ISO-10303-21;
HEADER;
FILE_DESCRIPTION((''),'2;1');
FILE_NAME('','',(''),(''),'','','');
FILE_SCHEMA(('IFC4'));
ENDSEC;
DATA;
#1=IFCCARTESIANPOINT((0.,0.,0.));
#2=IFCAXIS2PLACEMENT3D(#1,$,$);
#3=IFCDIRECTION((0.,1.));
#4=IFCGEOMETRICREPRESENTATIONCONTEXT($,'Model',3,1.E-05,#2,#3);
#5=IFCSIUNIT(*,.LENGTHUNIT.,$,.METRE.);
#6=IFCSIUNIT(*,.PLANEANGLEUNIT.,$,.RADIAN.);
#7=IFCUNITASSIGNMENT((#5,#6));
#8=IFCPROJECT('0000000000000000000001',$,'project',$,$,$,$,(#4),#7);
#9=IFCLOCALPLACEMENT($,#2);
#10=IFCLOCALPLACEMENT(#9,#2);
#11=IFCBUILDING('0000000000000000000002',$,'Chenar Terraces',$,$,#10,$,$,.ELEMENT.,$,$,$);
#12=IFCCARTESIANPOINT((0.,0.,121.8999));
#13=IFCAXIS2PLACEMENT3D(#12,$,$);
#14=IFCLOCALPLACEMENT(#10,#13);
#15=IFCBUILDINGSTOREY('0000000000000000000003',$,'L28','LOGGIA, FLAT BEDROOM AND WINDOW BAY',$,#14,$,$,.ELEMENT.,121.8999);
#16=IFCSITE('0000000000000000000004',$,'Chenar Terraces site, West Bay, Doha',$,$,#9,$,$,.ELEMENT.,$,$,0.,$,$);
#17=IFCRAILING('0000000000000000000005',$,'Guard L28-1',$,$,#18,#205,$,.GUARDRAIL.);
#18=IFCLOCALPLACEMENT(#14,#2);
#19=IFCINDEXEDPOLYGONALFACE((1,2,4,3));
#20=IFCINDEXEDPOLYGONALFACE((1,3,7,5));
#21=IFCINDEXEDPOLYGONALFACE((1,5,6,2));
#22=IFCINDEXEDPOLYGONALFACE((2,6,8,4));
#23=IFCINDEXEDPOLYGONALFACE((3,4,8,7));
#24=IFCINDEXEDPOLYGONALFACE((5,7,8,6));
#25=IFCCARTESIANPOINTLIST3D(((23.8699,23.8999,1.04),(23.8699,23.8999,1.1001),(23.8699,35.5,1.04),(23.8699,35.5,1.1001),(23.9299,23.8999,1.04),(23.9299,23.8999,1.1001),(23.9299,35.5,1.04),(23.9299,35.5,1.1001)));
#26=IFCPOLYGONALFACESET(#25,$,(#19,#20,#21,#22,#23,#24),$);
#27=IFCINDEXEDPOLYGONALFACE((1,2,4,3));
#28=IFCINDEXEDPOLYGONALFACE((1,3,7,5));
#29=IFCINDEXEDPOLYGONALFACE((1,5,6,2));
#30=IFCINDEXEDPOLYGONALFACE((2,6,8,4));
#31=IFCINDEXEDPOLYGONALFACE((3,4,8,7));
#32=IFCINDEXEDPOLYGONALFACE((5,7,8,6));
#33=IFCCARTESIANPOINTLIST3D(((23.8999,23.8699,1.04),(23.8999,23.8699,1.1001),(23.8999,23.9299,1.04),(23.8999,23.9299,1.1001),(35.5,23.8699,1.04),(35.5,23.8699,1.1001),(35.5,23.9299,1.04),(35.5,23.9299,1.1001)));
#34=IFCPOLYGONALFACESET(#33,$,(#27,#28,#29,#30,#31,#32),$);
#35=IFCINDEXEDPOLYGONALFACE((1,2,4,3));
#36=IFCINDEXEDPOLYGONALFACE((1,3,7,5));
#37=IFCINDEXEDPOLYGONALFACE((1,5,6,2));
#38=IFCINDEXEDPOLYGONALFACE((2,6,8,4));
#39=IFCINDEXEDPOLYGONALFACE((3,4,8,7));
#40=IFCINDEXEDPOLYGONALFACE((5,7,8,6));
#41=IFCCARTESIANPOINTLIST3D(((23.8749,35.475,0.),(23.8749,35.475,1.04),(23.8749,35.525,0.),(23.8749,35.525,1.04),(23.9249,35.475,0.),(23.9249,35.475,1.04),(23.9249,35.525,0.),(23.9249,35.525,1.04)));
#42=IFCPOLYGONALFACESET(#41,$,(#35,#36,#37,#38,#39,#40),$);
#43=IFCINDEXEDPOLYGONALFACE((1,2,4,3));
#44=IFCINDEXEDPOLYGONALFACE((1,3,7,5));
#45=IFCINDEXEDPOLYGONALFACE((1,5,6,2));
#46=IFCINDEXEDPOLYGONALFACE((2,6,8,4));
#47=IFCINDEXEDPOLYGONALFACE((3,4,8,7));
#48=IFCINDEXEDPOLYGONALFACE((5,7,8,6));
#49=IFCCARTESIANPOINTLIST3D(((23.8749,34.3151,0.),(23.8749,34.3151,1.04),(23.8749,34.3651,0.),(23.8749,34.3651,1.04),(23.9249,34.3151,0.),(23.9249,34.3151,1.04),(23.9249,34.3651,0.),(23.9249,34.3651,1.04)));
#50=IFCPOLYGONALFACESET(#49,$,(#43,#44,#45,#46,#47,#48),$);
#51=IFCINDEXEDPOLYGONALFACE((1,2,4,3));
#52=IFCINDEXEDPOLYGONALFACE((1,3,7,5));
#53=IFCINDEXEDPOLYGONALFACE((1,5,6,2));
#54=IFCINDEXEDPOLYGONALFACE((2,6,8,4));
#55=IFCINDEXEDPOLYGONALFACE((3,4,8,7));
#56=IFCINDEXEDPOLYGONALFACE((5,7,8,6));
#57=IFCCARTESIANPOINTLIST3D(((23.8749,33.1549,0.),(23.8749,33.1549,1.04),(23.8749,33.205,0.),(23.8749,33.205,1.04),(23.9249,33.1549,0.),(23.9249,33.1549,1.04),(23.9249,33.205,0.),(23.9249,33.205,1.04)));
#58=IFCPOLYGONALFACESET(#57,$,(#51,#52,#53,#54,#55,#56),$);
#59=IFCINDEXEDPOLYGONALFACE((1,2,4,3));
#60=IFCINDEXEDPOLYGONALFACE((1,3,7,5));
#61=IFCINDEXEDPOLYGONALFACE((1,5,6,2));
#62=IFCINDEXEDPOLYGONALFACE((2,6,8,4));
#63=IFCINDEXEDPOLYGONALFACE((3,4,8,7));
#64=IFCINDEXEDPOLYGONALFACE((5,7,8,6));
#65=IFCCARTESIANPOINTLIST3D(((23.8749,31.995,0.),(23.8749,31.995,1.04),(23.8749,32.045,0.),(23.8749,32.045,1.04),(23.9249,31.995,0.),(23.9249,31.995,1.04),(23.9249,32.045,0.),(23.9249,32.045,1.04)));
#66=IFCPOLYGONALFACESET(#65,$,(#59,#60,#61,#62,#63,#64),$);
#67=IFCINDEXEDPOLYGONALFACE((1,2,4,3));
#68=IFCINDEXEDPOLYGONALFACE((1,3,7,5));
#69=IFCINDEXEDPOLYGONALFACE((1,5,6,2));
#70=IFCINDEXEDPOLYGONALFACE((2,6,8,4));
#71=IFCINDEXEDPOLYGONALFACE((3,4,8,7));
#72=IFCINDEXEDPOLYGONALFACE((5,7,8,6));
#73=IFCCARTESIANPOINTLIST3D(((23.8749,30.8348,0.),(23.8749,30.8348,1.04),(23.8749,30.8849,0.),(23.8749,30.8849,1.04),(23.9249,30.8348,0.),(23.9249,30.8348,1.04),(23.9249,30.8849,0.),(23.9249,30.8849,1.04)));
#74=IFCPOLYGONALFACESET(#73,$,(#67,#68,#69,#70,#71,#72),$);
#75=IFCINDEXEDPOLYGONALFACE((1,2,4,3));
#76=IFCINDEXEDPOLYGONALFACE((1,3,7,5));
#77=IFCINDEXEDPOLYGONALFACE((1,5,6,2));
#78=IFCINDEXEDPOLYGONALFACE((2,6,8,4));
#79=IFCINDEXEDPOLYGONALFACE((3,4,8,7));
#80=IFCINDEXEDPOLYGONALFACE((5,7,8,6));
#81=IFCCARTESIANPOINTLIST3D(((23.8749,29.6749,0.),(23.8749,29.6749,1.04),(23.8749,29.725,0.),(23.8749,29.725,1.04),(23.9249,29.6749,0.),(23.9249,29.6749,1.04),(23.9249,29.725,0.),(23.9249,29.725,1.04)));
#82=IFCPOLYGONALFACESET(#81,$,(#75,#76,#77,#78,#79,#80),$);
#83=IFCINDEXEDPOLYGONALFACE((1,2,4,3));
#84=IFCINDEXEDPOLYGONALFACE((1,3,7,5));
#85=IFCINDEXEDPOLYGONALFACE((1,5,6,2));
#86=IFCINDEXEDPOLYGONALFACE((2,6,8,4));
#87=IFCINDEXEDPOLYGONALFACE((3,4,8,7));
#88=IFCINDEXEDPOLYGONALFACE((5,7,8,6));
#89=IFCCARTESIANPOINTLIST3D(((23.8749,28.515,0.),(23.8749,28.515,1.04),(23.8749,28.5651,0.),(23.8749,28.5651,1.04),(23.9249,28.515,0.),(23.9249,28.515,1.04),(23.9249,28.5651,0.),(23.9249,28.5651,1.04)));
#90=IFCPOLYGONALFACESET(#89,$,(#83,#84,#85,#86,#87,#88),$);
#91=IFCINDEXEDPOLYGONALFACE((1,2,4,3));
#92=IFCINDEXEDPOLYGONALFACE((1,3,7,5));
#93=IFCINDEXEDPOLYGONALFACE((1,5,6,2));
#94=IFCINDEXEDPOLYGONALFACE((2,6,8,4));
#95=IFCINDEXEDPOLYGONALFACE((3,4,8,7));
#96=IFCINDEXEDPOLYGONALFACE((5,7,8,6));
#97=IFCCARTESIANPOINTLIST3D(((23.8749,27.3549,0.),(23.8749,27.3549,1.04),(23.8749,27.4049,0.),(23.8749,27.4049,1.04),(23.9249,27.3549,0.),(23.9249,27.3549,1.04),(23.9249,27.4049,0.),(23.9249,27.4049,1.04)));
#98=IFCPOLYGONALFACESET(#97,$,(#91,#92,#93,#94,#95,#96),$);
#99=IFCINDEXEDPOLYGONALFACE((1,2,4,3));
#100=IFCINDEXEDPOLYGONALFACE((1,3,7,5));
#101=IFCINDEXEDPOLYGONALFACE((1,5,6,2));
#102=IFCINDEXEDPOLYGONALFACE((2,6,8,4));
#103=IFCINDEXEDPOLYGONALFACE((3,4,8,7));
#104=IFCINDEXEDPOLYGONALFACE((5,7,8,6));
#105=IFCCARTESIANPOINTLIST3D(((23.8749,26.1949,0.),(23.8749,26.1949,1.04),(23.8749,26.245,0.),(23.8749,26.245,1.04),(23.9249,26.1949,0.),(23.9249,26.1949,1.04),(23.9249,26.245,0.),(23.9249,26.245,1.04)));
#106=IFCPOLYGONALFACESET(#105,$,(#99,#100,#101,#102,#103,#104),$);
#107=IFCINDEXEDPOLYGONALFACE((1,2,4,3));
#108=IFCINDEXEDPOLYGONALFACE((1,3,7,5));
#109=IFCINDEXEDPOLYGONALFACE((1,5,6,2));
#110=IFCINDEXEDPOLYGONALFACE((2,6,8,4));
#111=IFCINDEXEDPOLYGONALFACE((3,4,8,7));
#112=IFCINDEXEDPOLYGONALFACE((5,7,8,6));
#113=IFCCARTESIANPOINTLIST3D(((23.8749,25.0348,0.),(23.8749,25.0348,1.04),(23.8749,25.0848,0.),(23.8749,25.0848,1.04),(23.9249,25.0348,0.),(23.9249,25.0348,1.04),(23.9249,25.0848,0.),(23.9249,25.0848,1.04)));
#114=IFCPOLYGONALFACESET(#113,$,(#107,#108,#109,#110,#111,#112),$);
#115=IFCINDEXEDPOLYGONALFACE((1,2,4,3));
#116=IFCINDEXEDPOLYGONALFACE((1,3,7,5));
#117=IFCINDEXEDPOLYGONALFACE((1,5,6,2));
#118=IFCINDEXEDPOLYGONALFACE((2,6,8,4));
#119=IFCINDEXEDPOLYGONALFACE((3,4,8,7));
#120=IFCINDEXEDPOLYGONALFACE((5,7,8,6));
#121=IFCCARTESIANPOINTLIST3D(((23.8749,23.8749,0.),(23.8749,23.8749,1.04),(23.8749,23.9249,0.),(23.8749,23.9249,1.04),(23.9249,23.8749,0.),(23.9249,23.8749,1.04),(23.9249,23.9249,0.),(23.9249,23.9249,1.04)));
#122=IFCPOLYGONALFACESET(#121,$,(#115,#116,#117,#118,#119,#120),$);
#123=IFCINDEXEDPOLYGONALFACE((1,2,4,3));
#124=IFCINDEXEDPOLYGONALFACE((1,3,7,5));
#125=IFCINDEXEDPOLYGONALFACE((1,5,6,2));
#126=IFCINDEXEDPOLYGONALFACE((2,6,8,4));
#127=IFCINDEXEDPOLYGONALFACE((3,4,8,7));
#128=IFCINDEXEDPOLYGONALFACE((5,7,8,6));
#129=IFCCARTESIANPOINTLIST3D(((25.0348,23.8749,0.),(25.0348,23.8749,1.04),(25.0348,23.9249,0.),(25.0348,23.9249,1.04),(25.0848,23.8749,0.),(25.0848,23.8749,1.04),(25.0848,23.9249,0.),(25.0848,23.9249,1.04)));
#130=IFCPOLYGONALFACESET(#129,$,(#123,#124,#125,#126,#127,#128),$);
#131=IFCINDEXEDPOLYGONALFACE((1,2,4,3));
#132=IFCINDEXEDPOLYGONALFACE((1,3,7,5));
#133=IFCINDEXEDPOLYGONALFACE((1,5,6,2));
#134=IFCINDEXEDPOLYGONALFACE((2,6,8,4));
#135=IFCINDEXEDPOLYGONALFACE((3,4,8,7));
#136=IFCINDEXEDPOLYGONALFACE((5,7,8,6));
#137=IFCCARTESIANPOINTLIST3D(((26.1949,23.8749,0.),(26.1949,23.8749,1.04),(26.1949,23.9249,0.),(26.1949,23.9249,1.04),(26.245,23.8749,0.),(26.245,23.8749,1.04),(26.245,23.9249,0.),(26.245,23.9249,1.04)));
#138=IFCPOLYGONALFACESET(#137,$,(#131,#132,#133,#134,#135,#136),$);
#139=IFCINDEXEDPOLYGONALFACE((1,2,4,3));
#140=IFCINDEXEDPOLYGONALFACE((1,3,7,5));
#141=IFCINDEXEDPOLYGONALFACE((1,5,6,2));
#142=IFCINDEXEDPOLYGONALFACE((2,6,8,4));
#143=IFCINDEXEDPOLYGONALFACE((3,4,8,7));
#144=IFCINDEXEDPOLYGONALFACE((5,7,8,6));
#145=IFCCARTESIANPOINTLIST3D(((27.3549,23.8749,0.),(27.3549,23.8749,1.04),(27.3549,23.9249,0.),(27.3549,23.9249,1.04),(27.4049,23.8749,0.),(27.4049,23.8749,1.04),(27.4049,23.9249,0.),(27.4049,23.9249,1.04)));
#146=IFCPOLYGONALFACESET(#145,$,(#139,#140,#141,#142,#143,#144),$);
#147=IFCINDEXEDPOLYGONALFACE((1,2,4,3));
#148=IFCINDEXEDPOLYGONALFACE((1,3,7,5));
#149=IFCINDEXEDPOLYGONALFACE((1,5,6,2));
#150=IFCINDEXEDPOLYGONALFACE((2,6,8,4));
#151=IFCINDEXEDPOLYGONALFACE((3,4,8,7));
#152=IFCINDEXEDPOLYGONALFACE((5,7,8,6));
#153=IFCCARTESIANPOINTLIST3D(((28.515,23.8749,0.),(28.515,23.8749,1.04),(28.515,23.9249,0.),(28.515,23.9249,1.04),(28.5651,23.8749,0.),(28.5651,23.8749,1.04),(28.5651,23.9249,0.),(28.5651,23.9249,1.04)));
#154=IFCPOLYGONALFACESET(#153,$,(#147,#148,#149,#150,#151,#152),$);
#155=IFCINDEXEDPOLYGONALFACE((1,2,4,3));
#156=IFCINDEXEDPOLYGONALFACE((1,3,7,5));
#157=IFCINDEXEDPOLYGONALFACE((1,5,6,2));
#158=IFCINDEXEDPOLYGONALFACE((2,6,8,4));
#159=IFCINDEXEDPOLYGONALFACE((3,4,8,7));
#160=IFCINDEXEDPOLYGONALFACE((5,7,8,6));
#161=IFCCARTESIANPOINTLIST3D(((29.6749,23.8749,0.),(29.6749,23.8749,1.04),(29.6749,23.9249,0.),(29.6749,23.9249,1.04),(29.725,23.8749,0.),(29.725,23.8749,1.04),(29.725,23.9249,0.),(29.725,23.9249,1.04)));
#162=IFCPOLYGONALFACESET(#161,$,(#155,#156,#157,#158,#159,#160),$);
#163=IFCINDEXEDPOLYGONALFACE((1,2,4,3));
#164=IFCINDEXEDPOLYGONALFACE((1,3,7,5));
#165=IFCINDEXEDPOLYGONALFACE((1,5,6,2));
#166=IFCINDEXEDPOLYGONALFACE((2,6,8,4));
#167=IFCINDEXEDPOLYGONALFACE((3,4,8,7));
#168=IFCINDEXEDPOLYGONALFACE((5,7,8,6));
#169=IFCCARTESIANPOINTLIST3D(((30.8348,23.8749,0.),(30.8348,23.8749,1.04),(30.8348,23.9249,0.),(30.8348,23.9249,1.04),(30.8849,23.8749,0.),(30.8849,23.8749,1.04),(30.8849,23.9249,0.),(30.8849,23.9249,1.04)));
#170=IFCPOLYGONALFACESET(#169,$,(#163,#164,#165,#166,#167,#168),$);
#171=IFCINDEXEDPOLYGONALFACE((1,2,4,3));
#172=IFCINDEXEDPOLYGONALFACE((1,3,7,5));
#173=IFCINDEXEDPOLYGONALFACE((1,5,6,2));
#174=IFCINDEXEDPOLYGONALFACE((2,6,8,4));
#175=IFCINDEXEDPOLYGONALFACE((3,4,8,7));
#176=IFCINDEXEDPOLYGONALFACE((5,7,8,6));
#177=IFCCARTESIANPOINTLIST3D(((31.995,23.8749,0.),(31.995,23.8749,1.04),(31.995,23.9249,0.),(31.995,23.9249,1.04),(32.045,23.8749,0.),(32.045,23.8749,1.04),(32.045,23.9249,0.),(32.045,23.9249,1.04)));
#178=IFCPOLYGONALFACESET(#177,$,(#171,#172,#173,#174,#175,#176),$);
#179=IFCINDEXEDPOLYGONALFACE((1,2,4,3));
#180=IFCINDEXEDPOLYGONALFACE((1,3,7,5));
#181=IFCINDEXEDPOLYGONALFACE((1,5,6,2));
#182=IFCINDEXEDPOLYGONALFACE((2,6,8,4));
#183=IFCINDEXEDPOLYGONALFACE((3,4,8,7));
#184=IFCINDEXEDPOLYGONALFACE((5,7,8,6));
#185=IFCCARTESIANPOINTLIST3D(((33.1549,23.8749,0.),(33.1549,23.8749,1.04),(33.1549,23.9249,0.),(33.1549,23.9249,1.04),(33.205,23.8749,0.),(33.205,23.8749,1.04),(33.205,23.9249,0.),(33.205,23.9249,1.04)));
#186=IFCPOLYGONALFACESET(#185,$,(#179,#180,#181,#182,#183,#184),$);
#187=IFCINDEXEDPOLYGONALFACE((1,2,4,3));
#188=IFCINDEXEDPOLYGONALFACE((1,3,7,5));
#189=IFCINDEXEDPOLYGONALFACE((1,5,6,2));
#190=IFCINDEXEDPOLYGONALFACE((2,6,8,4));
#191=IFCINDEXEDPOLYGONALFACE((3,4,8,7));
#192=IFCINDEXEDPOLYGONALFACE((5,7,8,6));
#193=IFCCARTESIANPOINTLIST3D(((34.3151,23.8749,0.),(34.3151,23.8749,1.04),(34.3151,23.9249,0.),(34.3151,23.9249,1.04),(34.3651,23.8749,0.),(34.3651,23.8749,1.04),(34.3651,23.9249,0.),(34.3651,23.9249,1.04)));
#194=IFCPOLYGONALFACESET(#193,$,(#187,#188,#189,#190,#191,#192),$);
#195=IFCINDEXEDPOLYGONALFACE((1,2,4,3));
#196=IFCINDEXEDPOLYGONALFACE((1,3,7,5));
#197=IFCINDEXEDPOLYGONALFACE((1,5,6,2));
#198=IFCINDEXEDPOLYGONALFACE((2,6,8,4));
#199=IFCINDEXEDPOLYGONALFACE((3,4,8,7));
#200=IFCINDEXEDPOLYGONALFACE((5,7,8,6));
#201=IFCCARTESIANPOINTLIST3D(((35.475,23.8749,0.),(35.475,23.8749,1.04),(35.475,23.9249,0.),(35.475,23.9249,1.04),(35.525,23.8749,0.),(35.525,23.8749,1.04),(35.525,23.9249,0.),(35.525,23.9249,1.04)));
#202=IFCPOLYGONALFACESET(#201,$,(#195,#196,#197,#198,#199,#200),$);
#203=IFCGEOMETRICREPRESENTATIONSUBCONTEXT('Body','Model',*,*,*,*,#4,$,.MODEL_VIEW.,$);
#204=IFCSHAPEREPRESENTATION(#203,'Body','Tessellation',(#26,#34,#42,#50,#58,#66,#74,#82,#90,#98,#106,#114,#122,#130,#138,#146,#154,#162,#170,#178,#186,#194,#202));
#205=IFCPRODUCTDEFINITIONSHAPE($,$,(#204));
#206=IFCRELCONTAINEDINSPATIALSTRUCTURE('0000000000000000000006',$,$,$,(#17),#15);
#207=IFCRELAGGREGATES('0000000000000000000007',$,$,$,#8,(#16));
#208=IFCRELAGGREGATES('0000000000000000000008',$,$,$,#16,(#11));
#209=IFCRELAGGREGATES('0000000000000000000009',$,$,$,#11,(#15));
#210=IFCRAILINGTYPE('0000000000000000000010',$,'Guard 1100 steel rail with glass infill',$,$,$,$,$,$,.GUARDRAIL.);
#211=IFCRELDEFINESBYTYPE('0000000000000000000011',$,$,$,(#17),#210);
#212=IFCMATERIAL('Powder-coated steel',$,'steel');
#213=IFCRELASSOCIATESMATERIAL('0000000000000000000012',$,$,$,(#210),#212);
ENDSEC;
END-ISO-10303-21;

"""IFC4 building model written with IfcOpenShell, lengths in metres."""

from ifc_helpers import new_model, si_unit, direction, frame, origin, origin_2d, place, context, subcontext, project, spatial, rectangle, extrude, material, type_object, element, save


model = new_model("IFC4")

# Units and contexts
model_context = context("Model", 3, precision=1e-05, world=origin(), true_north=direction((0.0, 1.0)))
body_context = subcontext(model_context, "Body", "Model", "MODEL_VIEW")
ifc_project = project(units=[si_unit("LENGTHUNIT", "METRE"), si_unit("PLANEANGLEUNIT", "RADIAN")], contexts=[model_context])

# Site, building, storey
site_placement = place(None, origin())
site = spatial("IfcSite", under=ifc_project, at=site_placement, Name="Chenar Terraces site, West Bay, Doha", CompositionType="ELEMENT", RefElevation=0.0)
building_placement = place(site_placement, origin())
building = spatial("IfcBuilding", under=site, at=building_placement, Name="Chenar Terraces", CompositionType="ELEMENT")
storey_placement = place(building_placement, frame((0.0, 0.0, 121.8999)))
storey = spatial("IfcBuildingStorey", under=building, at=storey_placement, Name="L28", Description="LOGGIA, FLAT BEDROOM AND WINDOW BAY", CompositionType="ELEMENT", Elevation=121.8999)

# Railing
ifc_material_1 = material(Name="Powder-coated steel", Category="steel")
railing_type = type_object("IfcRailingType", Name="Guard 1100 steel rail with glass infill", PredefinedType="GUARDRAIL", material=ifc_material_1)
railing_placement = place(storey_placement, frame((23.8999, 35.5, 0.0)))
element("IfcRailing", 1, at=railing_placement, inside=storey, type_object=railing_type, Name="Guard L28-1", PredefinedType="GUARDRAIL", context=body_context, shape_type="SweptSolid", body=[
    extrude(rectangle(XDim=0.0601, YDim=0.0601, at=origin_2d()), frame((0.0, 0.0, 1.0701), z_axis=(0.0, -1.0, 0.0), x_axis=(1.0, 0.0, 0.0)), (0.0, 0.0, 1.0), 11.6001),
    extrude(rectangle(XDim=0.0601, YDim=0.0601, at=origin_2d()), frame((0.0, -11.6001, 1.0701), z_axis=(1.0, 0.0, 0.0), x_axis=(0.0, 1.0, 0.0)), (0.0, 0.0, 1.0), 11.6001),
    extrude(rectangle(XDim=0.05, YDim=0.05, at=origin_2d()), origin(), (0.0, 0.0, 1.0), 1.04),
    extrude(rectangle(XDim=0.05, YDim=0.05, at=origin_2d()), frame((0.0, -1.1599, 0.0)), (0.0, 0.0, 1.0), 1.04),
    extrude(rectangle(XDim=0.05, YDim=0.05, at=origin_2d()), frame((0.0, -2.3201, 0.0)), (0.0, 0.0, 1.0), 1.04),
    extrude(rectangle(XDim=0.05, YDim=0.05, at=origin_2d()), frame((0.0, -3.48, 0.0)), (0.0, 0.0, 1.0), 1.04),
    extrude(rectangle(XDim=0.05, YDim=0.05, at=origin_2d()), frame((0.0, -4.6401, 0.0)), (0.0, 0.0, 1.0), 1.04),
    extrude(rectangle(XDim=0.05, YDim=0.05, at=origin_2d()), frame((0.0, -5.8, 0.0)), (0.0, 0.0, 1.0), 1.04),
    extrude(rectangle(XDim=0.05, YDim=0.05, at=origin_2d()), frame((0.0, -6.96, 0.0)), (0.0, 0.0, 1.0), 1.04),
    extrude(rectangle(XDim=0.05, YDim=0.05, at=origin_2d()), frame((0.0, -8.1201, 0.0)), (0.0, 0.0, 1.0), 1.04),
    extrude(rectangle(XDim=0.05, YDim=0.05, at=origin_2d()), frame((0.0, -9.28, 0.0)), (0.0, 0.0, 1.0), 1.04),
    extrude(rectangle(XDim=0.05, YDim=0.05, at=origin_2d()), frame((0.0, -10.4402, 0.0)), (0.0, 0.0, 1.0), 1.04),
    extrude(rectangle(XDim=0.05, YDim=0.05, at=origin_2d()), frame((0.0, -11.6001, 0.0)), (0.0, 0.0, 1.0), 1.04),
    extrude(rectangle(XDim=0.05, YDim=0.05, at=origin_2d()), frame((1.1599, -11.6001, 0.0)), (0.0, 0.0, 1.0), 1.04),
    extrude(rectangle(XDim=0.05, YDim=0.05, at=origin_2d()), frame((2.3201, -11.6001, 0.0)), (0.0, 0.0, 1.0), 1.04),
    extrude(rectangle(XDim=0.05, YDim=0.05, at=origin_2d()), frame((3.48, -11.6001, 0.0)), (0.0, 0.0, 1.0), 1.04),
    extrude(rectangle(XDim=0.05, YDim=0.05, at=origin_2d()), frame((4.6401, -11.6001, 0.0)), (0.0, 0.0, 1.0), 1.04),
    extrude(rectangle(XDim=0.05, YDim=0.05, at=origin_2d()), frame((5.8, -11.6001, 0.0)), (0.0, 0.0, 1.0), 1.04),
    extrude(rectangle(XDim=0.05, YDim=0.05, at=origin_2d()), frame((6.96, -11.6001, 0.0)), (0.0, 0.0, 1.0), 1.04),
    extrude(rectangle(XDim=0.05, YDim=0.05, at=origin_2d()), frame((8.1201, -11.6001, 0.0)), (0.0, 0.0, 1.0), 1.04),
    extrude(rectangle(XDim=0.05, YDim=0.05, at=origin_2d()), frame((9.28, -11.6001, 0.0)), (0.0, 0.0, 1.0), 1.04),
    extrude(rectangle(XDim=0.05, YDim=0.05, at=origin_2d()), frame((10.4402, -11.6001, 0.0)), (0.0, 0.0, 1.0), 1.04),
    extrude(rectangle(XDim=0.05, YDim=0.05, at=origin_2d()), frame((11.6001, -11.6001, 0.0)), (0.0, 0.0, 1.0), 1.04),
])

save(model, "model.ifc")
